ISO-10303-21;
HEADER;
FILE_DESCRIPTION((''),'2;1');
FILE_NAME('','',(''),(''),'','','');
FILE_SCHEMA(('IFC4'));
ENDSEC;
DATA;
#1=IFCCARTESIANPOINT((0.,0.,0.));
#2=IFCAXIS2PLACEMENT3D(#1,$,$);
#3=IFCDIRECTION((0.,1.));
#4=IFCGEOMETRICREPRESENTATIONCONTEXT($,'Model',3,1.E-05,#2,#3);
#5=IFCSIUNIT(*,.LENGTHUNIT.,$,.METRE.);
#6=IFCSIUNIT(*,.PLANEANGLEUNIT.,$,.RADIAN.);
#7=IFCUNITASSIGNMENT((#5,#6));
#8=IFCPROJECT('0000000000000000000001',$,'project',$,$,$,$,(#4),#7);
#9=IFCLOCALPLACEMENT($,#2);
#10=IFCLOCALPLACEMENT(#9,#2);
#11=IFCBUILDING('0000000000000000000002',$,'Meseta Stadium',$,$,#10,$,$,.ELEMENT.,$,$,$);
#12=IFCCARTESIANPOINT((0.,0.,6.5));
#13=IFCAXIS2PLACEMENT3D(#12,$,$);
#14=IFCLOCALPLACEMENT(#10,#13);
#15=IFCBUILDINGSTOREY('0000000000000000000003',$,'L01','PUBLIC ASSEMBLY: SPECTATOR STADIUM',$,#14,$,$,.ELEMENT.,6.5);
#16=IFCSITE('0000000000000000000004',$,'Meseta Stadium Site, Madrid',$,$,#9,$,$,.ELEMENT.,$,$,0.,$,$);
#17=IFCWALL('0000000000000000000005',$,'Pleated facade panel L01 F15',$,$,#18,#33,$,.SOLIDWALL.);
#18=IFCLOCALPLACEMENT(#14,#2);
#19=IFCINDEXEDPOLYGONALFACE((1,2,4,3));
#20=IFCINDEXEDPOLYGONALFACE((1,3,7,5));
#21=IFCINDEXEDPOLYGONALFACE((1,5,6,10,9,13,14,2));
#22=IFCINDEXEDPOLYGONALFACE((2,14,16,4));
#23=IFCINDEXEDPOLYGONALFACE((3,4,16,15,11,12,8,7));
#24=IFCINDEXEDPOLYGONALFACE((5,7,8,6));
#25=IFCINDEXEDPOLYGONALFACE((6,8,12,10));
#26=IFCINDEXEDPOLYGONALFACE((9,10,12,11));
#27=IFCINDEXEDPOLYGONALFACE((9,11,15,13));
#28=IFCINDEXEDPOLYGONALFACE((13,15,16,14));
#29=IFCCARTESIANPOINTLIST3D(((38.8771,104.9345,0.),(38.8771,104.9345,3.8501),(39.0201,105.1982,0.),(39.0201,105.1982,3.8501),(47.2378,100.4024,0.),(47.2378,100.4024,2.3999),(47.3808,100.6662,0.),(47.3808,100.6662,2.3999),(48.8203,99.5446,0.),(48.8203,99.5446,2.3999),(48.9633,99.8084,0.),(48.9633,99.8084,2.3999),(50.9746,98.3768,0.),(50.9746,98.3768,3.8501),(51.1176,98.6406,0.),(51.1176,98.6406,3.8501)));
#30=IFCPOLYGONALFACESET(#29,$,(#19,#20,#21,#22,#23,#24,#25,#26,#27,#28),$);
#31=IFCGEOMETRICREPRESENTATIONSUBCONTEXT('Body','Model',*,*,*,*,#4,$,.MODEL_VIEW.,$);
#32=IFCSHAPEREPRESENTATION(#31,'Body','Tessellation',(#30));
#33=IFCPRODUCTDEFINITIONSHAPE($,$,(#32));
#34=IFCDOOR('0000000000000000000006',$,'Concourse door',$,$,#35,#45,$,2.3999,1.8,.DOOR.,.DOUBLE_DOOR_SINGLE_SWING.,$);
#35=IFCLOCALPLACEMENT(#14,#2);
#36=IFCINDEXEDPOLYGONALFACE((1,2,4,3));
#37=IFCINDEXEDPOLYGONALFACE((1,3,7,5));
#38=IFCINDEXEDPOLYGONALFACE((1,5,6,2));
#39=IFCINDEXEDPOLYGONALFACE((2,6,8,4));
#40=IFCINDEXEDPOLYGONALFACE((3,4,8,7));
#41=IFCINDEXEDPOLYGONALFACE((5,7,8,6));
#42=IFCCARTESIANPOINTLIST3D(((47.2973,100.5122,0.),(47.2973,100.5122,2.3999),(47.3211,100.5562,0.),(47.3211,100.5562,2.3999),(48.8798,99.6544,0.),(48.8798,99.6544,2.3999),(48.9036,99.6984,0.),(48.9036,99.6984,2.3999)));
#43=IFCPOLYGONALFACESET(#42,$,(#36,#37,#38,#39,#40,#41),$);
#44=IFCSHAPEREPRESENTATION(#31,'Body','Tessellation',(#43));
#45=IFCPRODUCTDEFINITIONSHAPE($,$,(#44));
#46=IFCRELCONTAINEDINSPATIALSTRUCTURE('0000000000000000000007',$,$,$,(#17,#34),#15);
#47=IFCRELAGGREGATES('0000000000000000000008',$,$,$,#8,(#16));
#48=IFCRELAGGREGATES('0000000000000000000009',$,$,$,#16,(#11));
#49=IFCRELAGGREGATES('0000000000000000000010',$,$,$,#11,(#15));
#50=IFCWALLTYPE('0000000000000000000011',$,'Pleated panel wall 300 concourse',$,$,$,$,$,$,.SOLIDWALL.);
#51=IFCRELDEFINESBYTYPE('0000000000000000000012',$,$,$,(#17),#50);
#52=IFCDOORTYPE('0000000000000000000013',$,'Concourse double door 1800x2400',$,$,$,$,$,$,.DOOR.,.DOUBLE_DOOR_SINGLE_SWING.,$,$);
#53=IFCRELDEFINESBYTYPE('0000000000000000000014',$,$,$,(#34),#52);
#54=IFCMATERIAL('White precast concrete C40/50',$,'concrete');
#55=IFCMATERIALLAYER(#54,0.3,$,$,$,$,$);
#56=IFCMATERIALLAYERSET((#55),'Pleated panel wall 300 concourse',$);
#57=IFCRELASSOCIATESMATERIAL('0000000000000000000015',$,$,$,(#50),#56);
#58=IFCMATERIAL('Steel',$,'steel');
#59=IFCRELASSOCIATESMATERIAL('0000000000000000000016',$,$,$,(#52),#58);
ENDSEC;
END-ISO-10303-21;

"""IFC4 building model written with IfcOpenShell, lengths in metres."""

from ifc_helpers import new_model, si_unit, direction, frame, frame_2d, origin, place, context, subcontext, project, spatial, rectangle, extrude, material, layer, layer_set, type_object, element, fill, save


model = new_model("IFC4")

# Units and contexts
model_context = context("Model", 3, precision=1e-05, world=origin(), true_north=direction((0.0, 1.0)))
body_context = subcontext(model_context, "Body", "Model", "MODEL_VIEW")
ifc_project = project(units=[si_unit("LENGTHUNIT", "METRE"), si_unit("PLANEANGLEUNIT", "RADIAN")], contexts=[model_context])

# Site, building, storey
site_placement = place(None, origin())
site = spatial("IfcSite", under=ifc_project, at=site_placement, Name="Meseta Stadium Site, Madrid", CompositionType="ELEMENT", RefElevation=0.0)
building_placement = place(site_placement, origin())
building = spatial("IfcBuilding", under=site, at=building_placement, Name="Meseta Stadium", CompositionType="ELEMENT")
storey_placement = place(building_placement, frame((0.0, 0.0, 6.5)))
storey = spatial("IfcBuildingStorey", under=building, at=storey_placement, Name="L01", Description="PUBLIC ASSEMBLY: SPECTATOR STADIUM", CompositionType="ELEMENT", Elevation=6.5)

# Wall, opening, door
ifc_material_1 = material(Name="White precast concrete C40/50", Category="concrete")
ifc_layer_1 = layer(ifc_material_1, 0.3)
ifc_layer_set_1 = layer_set([ifc_layer_1], Name="Pleated panel wall 300 concourse")
wall_type_1 = type_object("IfcWallType", Name="Pleated panel wall 300 concourse", PredefinedType="SOLIDWALL", material=ifc_layer_set_1)
wall_1_placement = place(storey_placement, frame((38.9485, 105.0664, 0.0), z_axis=(0.0, 0.0, 1.0), x_axis=(0.879144, -0.476556, 0.0)))
wall_1 = element("IfcWall", 1, at=wall_1_placement, inside=storey, type_object=wall_type_1, Name="Pleated facade panel L01 F15", PredefinedType="SOLIDWALL", context=body_context, shape_type="SweptSolid", body=[
    extrude(rectangle(XDim=13.7605, YDim=0.3, at=frame_2d((6.8804, 0.0))), origin(), (0.0, 0.0, 1.0), 3.8501),
])
opening_1_placement = place(wall_1_placement, frame((9.5103, 0.0, 0.0)))
opening_1 = element("IfcOpeningElement", 2, at=opening_1_placement, cuts=wall_1, PredefinedType="OPENING", context=body_context, shape_type="SweptSolid", body=[
    extrude(rectangle(XDim=1.8, YDim=2.3999, at=frame_2d((0.8999, 1.2))), frame((0.0, 0.1599, 0.0), z_axis=(0.0, -1.0, 0.0), x_axis=(1.0, 0.0, 0.0)), (0.0, 0.0, 1.0), 0.3201),
])
ifc_material_2 = material(Name="Steel", Category="steel")
door_type_1 = type_object("IfcDoorType", Name="Concourse double door 1800x2400", OperationType="DOUBLE_DOOR_SINGLE_SWING", PredefinedType="DOOR", material=ifc_material_2)
door_1_placement = place(opening_1_placement, origin())
door_1 = element("IfcDoor", 3, at=door_1_placement, inside=storey, type_object=door_type_1, Name="Concourse door", OperationType="DOUBLE_DOOR_SINGLE_SWING", OverallHeight=2.3999, OverallWidth=1.8, PredefinedType="DOOR", context=body_context, shape_type="SweptSolid", body=[
    extrude(rectangle(XDim=1.8, YDim=2.3999, at=frame_2d((0.8999, 1.2))), frame((0.0, 0.0249, 0.0), z_axis=(0.0, -1.0, 0.0), x_axis=(1.0, 0.0, 0.0)), (0.0, 0.0, 1.0), 0.05),
])
fill(opening_1, door_1)

save(model, "model.ifc")
